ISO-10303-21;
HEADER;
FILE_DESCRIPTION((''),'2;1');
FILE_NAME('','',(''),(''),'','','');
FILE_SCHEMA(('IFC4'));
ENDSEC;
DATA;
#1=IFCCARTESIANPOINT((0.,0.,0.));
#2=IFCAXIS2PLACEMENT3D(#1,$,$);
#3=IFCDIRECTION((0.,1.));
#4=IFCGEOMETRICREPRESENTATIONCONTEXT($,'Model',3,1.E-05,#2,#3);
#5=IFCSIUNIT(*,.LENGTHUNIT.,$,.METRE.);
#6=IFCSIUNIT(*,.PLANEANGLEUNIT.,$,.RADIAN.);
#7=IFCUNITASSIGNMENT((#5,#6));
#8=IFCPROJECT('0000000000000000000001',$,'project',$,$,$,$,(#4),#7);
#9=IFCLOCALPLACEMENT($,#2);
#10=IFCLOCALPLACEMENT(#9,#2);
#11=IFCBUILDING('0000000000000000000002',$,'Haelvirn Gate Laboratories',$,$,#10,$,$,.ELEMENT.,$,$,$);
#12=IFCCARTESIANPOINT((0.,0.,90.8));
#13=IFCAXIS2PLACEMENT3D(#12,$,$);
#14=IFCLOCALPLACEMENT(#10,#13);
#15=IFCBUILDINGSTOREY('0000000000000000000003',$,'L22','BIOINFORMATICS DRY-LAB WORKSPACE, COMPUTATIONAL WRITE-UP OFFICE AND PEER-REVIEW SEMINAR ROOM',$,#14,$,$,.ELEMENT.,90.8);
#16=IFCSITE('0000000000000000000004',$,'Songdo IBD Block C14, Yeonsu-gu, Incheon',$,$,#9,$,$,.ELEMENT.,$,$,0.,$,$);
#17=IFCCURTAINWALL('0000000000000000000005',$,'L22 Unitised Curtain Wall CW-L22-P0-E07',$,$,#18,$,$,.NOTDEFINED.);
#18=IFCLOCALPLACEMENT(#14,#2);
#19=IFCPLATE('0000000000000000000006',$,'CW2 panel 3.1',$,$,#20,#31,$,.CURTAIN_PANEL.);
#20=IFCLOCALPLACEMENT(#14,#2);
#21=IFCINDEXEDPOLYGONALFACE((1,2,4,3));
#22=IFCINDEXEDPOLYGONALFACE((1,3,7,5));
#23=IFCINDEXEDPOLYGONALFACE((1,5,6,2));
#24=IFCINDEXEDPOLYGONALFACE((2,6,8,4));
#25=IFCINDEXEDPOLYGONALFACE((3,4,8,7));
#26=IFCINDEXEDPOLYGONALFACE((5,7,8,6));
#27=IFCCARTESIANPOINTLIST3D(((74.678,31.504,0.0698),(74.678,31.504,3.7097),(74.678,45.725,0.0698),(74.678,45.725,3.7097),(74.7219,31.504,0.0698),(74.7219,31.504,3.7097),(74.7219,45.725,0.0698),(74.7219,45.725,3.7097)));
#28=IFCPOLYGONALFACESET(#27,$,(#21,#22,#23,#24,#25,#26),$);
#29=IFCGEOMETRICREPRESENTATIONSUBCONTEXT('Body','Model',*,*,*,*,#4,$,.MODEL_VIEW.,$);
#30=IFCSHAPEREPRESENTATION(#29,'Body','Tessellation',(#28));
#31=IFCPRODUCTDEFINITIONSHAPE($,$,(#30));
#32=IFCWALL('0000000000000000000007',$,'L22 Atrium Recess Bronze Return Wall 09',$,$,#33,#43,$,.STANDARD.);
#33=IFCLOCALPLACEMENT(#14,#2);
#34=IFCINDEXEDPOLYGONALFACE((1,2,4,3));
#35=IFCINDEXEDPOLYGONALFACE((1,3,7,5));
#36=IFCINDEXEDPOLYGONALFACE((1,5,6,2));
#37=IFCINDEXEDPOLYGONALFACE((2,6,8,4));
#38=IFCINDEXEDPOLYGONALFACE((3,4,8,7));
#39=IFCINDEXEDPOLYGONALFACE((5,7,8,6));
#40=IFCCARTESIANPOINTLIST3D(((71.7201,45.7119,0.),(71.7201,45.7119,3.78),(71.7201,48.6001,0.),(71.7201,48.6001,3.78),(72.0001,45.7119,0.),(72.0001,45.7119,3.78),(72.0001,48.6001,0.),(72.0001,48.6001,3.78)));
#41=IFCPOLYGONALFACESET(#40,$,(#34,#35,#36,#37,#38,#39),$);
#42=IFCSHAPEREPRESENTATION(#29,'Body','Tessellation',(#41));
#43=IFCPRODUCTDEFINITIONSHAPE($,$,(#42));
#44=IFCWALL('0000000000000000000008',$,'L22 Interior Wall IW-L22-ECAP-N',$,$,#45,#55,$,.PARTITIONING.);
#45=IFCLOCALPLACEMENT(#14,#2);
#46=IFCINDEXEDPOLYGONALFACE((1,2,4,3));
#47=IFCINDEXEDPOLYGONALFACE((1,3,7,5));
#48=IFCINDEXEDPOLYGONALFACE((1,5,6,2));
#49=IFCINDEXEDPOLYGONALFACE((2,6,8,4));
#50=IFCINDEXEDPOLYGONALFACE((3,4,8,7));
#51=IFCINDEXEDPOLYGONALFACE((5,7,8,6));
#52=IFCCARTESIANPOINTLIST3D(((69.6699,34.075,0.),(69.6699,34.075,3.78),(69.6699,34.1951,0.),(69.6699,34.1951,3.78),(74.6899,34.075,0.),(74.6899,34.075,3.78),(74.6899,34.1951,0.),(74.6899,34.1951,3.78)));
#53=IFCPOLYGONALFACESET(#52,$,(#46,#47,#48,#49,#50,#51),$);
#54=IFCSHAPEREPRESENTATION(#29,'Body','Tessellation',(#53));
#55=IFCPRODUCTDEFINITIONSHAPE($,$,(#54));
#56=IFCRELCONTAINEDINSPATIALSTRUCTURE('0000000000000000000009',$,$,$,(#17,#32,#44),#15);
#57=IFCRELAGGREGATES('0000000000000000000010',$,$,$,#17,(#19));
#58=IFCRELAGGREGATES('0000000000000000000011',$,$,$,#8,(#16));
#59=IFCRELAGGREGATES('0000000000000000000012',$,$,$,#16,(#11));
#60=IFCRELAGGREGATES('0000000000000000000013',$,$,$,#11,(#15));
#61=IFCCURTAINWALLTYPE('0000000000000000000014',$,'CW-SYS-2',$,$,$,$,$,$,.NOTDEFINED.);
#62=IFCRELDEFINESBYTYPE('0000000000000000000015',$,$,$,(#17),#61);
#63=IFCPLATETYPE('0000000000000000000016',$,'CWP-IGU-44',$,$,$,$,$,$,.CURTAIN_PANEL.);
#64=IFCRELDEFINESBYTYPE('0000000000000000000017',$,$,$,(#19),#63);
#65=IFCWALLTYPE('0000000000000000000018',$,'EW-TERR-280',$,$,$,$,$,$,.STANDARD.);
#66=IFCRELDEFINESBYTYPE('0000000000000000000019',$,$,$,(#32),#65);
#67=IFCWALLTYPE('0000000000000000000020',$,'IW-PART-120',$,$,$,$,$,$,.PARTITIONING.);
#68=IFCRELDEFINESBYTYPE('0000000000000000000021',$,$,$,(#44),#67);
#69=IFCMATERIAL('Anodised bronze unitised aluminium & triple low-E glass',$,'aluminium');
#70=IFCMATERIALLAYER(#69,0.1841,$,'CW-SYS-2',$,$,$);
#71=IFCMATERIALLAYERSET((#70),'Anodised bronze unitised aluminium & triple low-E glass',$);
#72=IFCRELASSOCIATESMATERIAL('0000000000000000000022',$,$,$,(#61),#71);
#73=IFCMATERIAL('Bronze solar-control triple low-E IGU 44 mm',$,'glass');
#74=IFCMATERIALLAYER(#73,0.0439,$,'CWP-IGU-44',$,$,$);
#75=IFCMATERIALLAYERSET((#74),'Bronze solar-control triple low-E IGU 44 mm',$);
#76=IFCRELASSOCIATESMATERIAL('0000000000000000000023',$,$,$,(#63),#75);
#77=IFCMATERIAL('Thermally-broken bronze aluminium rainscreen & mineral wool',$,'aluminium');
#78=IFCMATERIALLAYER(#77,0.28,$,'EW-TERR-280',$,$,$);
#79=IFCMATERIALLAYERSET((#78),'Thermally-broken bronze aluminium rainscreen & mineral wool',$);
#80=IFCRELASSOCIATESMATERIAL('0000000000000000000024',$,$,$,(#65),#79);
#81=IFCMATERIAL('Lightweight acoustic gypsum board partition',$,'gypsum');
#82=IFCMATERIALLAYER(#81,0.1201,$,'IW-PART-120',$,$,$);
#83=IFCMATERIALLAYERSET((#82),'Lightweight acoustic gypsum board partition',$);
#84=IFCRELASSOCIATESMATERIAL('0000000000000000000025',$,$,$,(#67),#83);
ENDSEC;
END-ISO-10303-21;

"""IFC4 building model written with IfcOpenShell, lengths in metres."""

from ifc_helpers import new_model, si_unit, direction, frame, frame_2d, origin, origin_2d, place, context, subcontext, project, spatial, rectangle, extrude, source, transform, mapped, material, layer, layer_set, type_object, element, aggregate, save


model = new_model("IFC4")

# Units and contexts
model_context = context("Model", 3, precision=1e-05, world=origin(), true_north=direction((0.0, 1.0)))
body_context = subcontext(model_context, "Body", "Model", "MODEL_VIEW")
ifc_project = project(units=[si_unit("LENGTHUNIT", "METRE"), si_unit("PLANEANGLEUNIT", "RADIAN")], contexts=[model_context])

# Site, building, storey
site_placement = place(None, origin())
site = spatial("IfcSite", under=ifc_project, at=site_placement, Name="Songdo IBD Block C14, Yeonsu-gu, Incheon", CompositionType="ELEMENT", RefElevation=0.0)
building_placement = place(site_placement, origin())
building = spatial("IfcBuilding", under=site, at=building_placement, Name="Haelvirn Gate Laboratories", CompositionType="ELEMENT")
storey_placement = place(building_placement, frame((0.0, 0.0, 90.8)))
storey = spatial("IfcBuildingStorey", under=building, at=storey_placement, Name="L22", Description="BIOINFORMATICS DRY-LAB WORKSPACE, COMPUTATIONAL WRITE-UP OFFICE AND PEER-REVIEW SEMINAR ROOM", CompositionType="ELEMENT", Elevation=90.8)

# Curtain wall
ifc_material_1 = material(Name="Anodised bronze unitised aluminium & triple low-E glass", Category="aluminium")
ifc_layer_1 = layer(ifc_material_1, 0.1841, Name="CW-SYS-2")
ifc_layer_set_1 = layer_set([ifc_layer_1], Name="Anodised bronze unitised aluminium & triple low-E glass")
curtain_wall_type_1 = type_object("IfcCurtainWallType", Name="CW-SYS-2", PredefinedType="NOTDEFINED", material=ifc_layer_set_1)
curtain_wall_1_placement = place(storey_placement, origin())
curtain_wall_1 = element("IfcCurtainWall", 1, at=curtain_wall_1_placement, inside=storey, type_object=curtain_wall_type_1, Name="L22 Unitised Curtain Wall CW-L22-P0-E07", PredefinedType="NOTDEFINED")

# Plate
ifc_material_2 = material(Name="Bronze solar-control triple low-E IGU 44 mm", Category="glass")
ifc_layer_2 = layer(ifc_material_2, 0.0439, Name="CWP-IGU-44")
ifc_layer_set_2 = layer_set([ifc_layer_2], Name="Bronze solar-control triple low-E IGU 44 mm")
plate_type_1 = type_object("IfcPlateType", Name="CWP-IGU-44", PredefinedType="CURTAIN_PANEL", material=ifc_layer_set_2)
shared_shape_1 = source(origin(), body_context, "Body", "SweptSolid", [
    extrude(rectangle(XDim=14.2209, YDim=0.0439, at=origin_2d()), origin(), (0.0, 0.0, 1.0), 3.6399),
])
plate_1_placement = place(storey_placement, frame((74.7, 38.6145, 0.0698), z_axis=(0.0, 0.0, 1.0), x_axis=(0.0, 1.0, 0.0)))
plate_1 = element("IfcPlate", 2, at=plate_1_placement, type_object=plate_type_1, Name="CW2 panel 3.1", PredefinedType="CURTAIN_PANEL", context=body_context, shape_type="MappedRepresentation", body=[
    mapped(shared_shape_1, transform((0.0, 0.0, 0.0), scale=1.0)),
])
aggregate(curtain_wall_1, [plate_1])

# Walls
ifc_material_3 = material(Name="Thermally-broken bronze aluminium rainscreen & mineral wool", Category="aluminium")
ifc_layer_3 = layer(ifc_material_3, 0.28, Name="EW-TERR-280")
ifc_layer_set_3 = layer_set([ifc_layer_3], Name="Thermally-broken bronze aluminium rainscreen & mineral wool")
wall_type_1 = type_object("IfcWallType", Name="EW-TERR-280", PredefinedType="STANDARD", material=ifc_layer_set_3)
wall_1_placement = place(storey_placement, frame((71.8601, 45.7119, 0.0), z_axis=(0.0, 0.0, 1.0), x_axis=(0.0, 1.0, 0.0)))
element("IfcWall", 3, at=wall_1_placement, inside=storey, type_object=wall_type_1, Name="L22 Atrium Recess Bronze Return Wall 09", PredefinedType="STANDARD", context=body_context, shape_type="SweptSolid", body=[
    extrude(rectangle(XDim=2.8882, YDim=0.28, at=frame_2d((1.4441, 0.0))), origin(), (0.0, 0.0, 1.0), 3.78),
])
ifc_material_4 = material(Name="Lightweight acoustic gypsum board partition", Category="gypsum")
ifc_layer_4 = layer(ifc_material_4, 0.1201, Name="IW-PART-120")
ifc_layer_set_4 = layer_set([ifc_layer_4], Name="Lightweight acoustic gypsum board partition")
wall_type_2 = type_object("IfcWallType", Name="IW-PART-120", PredefinedType="PARTITIONING", material=ifc_layer_set_4)
wall_2_placement = place(storey_placement, frame((69.6699, 34.135, 0.0), z_axis=(0.0, 0.0, 1.0), x_axis=(1.0, 0.0, 0.0)))
element("IfcWall", 4, at=wall_2_placement, inside=storey, type_object=wall_type_2, Name="L22 Interior Wall IW-L22-ECAP-N", PredefinedType="PARTITIONING", context=body_context, shape_type="SweptSolid", body=[
    extrude(rectangle(XDim=5.02, YDim=0.1201, at=frame_2d((2.51, 0.0))), origin(), (0.0, 0.0, 1.0), 3.78),
])

save(model, "model.ifc")
